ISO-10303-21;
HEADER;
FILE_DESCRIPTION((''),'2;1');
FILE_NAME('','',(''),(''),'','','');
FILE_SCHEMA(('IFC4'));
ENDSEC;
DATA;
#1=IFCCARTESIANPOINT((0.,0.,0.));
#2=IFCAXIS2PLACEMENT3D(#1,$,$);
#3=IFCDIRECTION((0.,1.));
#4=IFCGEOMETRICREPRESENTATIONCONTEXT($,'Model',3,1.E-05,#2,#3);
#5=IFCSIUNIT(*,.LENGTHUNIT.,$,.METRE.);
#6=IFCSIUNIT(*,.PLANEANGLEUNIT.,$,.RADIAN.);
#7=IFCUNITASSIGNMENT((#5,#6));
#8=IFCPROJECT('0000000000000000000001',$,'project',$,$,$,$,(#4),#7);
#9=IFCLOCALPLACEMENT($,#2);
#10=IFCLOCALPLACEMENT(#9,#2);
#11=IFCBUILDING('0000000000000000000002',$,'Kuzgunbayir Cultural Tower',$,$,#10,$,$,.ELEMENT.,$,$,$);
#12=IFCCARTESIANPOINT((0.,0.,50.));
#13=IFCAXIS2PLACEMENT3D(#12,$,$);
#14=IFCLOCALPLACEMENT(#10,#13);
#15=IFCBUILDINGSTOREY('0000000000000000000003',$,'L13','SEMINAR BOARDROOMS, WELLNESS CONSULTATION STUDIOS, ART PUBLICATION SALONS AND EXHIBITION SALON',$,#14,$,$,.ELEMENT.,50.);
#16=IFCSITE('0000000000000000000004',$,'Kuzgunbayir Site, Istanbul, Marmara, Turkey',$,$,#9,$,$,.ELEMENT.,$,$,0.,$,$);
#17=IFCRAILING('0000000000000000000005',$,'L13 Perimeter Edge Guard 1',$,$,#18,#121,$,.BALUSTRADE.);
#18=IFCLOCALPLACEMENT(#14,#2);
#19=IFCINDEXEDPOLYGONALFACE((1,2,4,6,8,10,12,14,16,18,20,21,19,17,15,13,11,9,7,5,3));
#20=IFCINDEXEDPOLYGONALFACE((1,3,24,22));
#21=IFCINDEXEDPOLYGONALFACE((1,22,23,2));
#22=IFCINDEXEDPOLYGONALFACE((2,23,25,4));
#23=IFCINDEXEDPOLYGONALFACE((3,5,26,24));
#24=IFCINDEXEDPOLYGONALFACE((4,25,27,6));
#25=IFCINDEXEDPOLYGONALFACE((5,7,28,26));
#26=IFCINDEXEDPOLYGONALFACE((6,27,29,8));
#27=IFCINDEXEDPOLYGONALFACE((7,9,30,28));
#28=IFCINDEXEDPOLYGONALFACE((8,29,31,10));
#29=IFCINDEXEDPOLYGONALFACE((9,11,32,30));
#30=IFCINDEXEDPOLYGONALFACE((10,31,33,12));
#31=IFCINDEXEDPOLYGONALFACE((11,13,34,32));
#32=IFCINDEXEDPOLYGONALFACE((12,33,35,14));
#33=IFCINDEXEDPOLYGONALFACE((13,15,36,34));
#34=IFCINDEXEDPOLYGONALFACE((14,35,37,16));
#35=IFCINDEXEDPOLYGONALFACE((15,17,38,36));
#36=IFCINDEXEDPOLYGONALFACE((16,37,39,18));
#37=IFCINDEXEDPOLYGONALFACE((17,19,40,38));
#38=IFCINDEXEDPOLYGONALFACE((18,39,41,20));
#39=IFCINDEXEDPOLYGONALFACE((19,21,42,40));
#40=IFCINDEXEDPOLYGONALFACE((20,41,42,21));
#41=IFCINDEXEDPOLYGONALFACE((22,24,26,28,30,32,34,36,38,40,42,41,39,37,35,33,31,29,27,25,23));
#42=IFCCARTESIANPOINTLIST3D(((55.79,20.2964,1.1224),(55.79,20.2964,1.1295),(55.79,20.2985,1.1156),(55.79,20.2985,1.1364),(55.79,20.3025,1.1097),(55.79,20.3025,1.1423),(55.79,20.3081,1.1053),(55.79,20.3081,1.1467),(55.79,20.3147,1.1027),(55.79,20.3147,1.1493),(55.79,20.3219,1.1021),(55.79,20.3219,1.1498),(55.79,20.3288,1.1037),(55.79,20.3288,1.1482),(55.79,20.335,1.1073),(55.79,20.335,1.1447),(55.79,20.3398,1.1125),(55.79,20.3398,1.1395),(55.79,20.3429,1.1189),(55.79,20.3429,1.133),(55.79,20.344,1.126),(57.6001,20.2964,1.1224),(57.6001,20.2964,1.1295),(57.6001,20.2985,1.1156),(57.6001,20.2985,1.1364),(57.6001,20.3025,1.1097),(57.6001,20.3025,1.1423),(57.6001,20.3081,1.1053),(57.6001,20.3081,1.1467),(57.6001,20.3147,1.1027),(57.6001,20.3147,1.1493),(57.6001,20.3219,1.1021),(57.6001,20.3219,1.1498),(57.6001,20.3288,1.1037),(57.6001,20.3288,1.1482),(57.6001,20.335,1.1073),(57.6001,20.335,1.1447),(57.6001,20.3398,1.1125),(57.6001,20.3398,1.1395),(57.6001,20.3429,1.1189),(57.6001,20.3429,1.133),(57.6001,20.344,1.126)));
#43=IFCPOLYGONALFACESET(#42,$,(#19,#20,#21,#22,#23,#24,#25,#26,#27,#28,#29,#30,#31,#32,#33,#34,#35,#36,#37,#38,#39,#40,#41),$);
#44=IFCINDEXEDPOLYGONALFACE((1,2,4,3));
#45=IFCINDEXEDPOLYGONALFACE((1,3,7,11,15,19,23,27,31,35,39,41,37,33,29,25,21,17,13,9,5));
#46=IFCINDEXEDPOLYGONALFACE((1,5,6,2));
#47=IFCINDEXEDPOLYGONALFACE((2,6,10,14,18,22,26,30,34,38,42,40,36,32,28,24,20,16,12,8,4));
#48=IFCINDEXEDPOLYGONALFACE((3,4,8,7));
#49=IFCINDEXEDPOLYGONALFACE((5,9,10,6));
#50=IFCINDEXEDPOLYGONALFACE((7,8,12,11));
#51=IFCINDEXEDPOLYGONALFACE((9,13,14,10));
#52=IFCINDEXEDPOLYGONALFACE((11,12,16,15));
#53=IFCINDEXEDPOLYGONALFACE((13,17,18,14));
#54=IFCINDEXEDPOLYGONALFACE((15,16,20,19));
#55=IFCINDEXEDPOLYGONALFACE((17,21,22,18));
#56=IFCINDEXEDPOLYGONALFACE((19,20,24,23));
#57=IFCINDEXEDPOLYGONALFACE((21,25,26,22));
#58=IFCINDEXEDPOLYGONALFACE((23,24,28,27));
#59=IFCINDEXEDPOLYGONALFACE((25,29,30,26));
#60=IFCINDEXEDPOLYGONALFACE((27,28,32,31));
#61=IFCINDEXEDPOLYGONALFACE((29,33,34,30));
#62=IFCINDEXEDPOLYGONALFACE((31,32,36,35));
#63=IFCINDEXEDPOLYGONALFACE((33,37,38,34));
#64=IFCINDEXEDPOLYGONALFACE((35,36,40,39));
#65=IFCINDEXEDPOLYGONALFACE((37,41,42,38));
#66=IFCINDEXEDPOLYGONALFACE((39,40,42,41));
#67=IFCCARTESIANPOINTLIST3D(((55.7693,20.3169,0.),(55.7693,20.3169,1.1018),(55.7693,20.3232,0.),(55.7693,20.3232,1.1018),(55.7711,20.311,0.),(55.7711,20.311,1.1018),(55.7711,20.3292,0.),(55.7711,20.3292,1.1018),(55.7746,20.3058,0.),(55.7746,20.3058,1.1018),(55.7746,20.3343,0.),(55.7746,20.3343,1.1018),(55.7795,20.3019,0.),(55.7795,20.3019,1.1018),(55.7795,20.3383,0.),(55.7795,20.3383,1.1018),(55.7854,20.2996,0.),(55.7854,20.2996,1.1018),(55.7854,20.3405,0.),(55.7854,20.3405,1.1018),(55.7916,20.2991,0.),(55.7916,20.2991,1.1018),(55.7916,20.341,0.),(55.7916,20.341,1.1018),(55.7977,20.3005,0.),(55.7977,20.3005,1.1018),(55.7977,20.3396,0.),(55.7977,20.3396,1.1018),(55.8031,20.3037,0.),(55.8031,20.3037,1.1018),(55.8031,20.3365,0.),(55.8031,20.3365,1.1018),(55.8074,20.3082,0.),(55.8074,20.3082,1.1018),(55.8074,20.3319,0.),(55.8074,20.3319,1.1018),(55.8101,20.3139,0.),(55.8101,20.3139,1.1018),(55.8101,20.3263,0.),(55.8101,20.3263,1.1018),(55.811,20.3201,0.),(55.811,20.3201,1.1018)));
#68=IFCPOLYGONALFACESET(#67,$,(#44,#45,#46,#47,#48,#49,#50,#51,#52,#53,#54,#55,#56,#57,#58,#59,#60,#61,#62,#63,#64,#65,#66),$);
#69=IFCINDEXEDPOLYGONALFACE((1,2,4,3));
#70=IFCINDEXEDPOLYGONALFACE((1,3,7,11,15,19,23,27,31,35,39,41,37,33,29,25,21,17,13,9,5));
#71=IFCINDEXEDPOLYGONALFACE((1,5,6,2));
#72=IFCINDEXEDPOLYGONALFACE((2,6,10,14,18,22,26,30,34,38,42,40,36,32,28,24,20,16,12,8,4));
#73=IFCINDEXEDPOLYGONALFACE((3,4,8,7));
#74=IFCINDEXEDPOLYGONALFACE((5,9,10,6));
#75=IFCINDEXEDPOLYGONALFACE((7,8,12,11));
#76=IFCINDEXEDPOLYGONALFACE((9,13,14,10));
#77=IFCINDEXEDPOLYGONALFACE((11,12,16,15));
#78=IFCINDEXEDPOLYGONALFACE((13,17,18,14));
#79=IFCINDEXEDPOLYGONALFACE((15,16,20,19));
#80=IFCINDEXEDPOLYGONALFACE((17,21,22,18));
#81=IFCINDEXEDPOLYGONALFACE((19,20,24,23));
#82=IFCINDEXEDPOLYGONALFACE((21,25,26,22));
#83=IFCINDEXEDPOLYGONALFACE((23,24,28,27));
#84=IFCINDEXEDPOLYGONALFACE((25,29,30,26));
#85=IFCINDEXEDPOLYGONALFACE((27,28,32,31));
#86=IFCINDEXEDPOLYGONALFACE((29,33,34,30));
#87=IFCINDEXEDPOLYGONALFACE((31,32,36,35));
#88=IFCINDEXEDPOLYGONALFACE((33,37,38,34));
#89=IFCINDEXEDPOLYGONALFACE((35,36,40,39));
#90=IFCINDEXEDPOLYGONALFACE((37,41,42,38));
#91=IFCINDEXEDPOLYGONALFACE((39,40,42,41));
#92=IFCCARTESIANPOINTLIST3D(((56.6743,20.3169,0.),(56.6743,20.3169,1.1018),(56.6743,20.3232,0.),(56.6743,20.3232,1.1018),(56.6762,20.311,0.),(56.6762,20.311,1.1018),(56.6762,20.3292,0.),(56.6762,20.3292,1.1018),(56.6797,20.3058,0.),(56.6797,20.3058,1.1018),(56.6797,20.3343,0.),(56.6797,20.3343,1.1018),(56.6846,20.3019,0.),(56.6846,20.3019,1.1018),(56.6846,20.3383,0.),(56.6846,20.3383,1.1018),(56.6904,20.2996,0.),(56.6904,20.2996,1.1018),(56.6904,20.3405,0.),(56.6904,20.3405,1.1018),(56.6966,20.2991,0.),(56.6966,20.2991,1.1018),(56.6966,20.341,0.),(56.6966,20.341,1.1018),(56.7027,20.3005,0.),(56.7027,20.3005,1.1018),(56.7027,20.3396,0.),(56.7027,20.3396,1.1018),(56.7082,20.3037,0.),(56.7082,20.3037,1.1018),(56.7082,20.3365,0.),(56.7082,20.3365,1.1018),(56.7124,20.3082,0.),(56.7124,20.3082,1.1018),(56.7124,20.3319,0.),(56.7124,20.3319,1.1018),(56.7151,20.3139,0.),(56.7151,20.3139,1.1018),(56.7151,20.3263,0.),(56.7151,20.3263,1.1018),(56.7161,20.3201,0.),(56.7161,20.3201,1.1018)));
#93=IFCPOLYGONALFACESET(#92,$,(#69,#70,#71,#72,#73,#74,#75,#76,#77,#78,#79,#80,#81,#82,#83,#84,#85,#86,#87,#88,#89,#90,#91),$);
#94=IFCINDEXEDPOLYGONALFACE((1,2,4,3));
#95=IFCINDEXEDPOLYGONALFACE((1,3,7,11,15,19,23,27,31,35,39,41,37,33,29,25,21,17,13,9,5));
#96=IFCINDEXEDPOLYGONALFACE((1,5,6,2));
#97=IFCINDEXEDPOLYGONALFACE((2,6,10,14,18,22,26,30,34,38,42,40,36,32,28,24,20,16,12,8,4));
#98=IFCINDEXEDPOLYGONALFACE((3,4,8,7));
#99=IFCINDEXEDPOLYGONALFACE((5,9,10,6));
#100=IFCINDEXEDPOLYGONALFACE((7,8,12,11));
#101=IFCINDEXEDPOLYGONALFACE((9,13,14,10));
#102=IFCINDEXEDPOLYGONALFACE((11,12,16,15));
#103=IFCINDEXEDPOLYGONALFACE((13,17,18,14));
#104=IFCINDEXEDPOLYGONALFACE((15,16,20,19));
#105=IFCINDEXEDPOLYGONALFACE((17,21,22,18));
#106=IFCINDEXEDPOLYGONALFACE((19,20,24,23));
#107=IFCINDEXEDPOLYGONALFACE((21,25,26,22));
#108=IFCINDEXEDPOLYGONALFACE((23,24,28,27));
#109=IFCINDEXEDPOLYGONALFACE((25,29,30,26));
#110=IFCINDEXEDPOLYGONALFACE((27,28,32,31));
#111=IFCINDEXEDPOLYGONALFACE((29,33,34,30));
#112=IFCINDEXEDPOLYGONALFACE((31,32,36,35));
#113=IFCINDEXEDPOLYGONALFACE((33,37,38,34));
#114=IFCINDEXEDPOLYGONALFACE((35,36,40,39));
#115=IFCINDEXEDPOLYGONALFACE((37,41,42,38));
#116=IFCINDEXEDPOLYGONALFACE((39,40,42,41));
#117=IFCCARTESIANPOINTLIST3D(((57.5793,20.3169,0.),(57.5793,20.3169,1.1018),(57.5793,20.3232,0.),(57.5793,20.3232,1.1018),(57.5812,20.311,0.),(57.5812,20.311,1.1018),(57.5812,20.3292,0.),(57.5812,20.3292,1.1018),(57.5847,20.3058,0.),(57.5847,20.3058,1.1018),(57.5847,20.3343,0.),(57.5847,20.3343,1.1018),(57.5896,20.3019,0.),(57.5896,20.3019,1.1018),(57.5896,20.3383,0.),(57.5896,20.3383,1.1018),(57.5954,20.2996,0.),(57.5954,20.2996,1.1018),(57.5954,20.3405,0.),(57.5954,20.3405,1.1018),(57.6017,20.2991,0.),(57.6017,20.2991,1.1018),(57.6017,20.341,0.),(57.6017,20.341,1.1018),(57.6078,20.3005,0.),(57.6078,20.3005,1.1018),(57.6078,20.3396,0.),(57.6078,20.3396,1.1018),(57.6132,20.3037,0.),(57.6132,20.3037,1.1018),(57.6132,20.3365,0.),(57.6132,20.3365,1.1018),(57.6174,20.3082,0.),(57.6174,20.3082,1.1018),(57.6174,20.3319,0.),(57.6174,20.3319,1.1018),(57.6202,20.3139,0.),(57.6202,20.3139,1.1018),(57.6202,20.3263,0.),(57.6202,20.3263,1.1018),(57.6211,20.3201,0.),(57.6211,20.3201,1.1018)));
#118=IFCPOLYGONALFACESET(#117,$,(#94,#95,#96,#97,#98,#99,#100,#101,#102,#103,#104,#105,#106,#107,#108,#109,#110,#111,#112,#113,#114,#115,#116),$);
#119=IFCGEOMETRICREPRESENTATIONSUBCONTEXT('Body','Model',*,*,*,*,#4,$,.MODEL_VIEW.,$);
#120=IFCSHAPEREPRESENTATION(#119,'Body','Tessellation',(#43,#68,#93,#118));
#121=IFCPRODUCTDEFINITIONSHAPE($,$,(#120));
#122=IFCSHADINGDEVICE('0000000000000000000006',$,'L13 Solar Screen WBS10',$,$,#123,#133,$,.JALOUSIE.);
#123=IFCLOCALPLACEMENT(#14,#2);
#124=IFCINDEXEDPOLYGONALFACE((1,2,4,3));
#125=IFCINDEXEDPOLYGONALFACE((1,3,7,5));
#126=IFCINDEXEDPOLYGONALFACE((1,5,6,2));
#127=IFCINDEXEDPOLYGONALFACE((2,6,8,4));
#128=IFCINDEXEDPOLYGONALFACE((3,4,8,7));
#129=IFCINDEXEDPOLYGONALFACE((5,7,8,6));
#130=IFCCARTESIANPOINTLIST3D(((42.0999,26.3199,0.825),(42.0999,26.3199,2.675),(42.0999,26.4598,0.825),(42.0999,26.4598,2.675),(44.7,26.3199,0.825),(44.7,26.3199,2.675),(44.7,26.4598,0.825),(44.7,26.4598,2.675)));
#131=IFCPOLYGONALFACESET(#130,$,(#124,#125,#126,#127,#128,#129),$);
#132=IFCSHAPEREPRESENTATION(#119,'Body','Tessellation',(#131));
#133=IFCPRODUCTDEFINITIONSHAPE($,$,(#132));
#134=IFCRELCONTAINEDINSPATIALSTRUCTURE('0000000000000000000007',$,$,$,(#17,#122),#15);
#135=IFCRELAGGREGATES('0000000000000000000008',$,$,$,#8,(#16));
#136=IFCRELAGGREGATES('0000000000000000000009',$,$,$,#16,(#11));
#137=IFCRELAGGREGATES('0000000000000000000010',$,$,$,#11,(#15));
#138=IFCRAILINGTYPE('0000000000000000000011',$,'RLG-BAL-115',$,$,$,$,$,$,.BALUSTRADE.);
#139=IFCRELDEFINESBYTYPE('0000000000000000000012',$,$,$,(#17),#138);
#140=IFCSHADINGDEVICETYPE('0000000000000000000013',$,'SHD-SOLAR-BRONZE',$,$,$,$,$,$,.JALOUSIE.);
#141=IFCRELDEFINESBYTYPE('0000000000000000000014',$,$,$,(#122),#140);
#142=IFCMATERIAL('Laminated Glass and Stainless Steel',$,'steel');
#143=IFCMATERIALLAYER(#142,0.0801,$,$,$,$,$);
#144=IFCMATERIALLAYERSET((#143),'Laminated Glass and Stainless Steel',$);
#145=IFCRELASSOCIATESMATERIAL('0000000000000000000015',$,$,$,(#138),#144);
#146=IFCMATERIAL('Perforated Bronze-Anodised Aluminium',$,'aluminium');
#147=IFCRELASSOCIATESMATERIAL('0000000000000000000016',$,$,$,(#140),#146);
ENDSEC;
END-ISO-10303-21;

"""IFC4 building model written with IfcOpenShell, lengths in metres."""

from ifc_helpers import new_model, si_unit, direction, frame, origin, origin_2d, place, context, subcontext, project, spatial, rectangle, circle, extrude, material, layer, layer_set, type_object, element, save


model = new_model("IFC4")

# Units and contexts
model_context = context("Model", 3, precision=1e-05, world=origin(), true_north=direction((0.0, 1.0)))
body_context = subcontext(model_context, "Body", "Model", "MODEL_VIEW")
ifc_project = project(units=[si_unit("LENGTHUNIT", "METRE"), si_unit("PLANEANGLEUNIT", "RADIAN")], contexts=[model_context])

# Site, building, storey
site_placement = place(None, origin())
site = spatial("IfcSite", under=ifc_project, at=site_placement, Name="Kuzgunbayir Site, Istanbul, Marmara, Turkey", CompositionType="ELEMENT", RefElevation=0.0)
building_placement = place(site_placement, origin())
building = spatial("IfcBuilding", under=site, at=building_placement, Name="Kuzgunbayir Cultural Tower", CompositionType="ELEMENT")
storey_placement = place(building_placement, frame((0.0, 0.0, 50.0)))
storey = spatial("IfcBuildingStorey", under=building, at=storey_placement, Name="L13", Description="SEMINAR BOARDROOMS, WELLNESS CONSULTATION STUDIOS, ART PUBLICATION SALONS AND EXHIBITION SALON", CompositionType="ELEMENT", Elevation=50.0)

# Railing
ifc_material_1 = material(Name="Laminated Glass and Stainless Steel", Category="steel")
ifc_layer_1 = layer(ifc_material_1, 0.0801)
ifc_layer_set_1 = layer_set([ifc_layer_1], Name="Laminated Glass and Stainless Steel")
railing_type = type_object("IfcRailingType", Name="RLG-BAL-115", PredefinedType="BALUSTRADE", material=ifc_layer_set_1)
railing_placement = place(storey_placement, frame((55.79, 20.3201, 0.0)))
element("IfcRailing", 1, at=railing_placement, inside=storey, type_object=railing_type, Name="L13 Perimeter Edge Guard 1", PredefinedType="BALUSTRADE", context=body_context, shape_type="SweptSolid", body=[
    extrude(circle(Radius=0.0239, at=origin_2d()), frame((0.0, 0.0, 1.126), z_axis=(1.0, 0.0, 0.0), x_axis=(0.0, 1.0, 0.0)), (0.0, 0.0, 1.0), 1.8101),
    extrude(circle(Radius=0.021, at=origin_2d()), origin(), (0.0, 0.0, 1.0), 1.1018),
    extrude(circle(Radius=0.021, at=origin_2d()), frame((0.905, 0.0, 0.0)), (0.0, 0.0, 1.0), 1.1018),
    extrude(circle(Radius=0.021, at=origin_2d()), frame((1.8101, 0.0, 0.0)), (0.0, 0.0, 1.0), 1.1018),
])

# Shading device
ifc_material_2 = material(Name="Perforated Bronze-Anodised Aluminium", Category="aluminium")
shading_device_type = type_object("IfcShadingDeviceType", Name="SHD-SOLAR-BRONZE", PredefinedType="JALOUSIE", material=ifc_material_2)
shading_device_placement = place(storey_placement, frame((43.3999, 26.3899, 0.825), z_axis=(0.0, 0.0, 1.0), x_axis=(1.0, 0.0, 0.0)))
element("IfcShadingDevice", 2, at=shading_device_placement, inside=storey, type_object=shading_device_type, Name="L13 Solar Screen WBS10", PredefinedType="JALOUSIE", context=body_context, shape_type="SweptSolid", body=[
    extrude(rectangle(XDim=2.6001, YDim=0.1399, at=origin_2d()), origin(), (0.0, 0.0, 1.0), 1.8501),
])

save(model, "model.ifc")
